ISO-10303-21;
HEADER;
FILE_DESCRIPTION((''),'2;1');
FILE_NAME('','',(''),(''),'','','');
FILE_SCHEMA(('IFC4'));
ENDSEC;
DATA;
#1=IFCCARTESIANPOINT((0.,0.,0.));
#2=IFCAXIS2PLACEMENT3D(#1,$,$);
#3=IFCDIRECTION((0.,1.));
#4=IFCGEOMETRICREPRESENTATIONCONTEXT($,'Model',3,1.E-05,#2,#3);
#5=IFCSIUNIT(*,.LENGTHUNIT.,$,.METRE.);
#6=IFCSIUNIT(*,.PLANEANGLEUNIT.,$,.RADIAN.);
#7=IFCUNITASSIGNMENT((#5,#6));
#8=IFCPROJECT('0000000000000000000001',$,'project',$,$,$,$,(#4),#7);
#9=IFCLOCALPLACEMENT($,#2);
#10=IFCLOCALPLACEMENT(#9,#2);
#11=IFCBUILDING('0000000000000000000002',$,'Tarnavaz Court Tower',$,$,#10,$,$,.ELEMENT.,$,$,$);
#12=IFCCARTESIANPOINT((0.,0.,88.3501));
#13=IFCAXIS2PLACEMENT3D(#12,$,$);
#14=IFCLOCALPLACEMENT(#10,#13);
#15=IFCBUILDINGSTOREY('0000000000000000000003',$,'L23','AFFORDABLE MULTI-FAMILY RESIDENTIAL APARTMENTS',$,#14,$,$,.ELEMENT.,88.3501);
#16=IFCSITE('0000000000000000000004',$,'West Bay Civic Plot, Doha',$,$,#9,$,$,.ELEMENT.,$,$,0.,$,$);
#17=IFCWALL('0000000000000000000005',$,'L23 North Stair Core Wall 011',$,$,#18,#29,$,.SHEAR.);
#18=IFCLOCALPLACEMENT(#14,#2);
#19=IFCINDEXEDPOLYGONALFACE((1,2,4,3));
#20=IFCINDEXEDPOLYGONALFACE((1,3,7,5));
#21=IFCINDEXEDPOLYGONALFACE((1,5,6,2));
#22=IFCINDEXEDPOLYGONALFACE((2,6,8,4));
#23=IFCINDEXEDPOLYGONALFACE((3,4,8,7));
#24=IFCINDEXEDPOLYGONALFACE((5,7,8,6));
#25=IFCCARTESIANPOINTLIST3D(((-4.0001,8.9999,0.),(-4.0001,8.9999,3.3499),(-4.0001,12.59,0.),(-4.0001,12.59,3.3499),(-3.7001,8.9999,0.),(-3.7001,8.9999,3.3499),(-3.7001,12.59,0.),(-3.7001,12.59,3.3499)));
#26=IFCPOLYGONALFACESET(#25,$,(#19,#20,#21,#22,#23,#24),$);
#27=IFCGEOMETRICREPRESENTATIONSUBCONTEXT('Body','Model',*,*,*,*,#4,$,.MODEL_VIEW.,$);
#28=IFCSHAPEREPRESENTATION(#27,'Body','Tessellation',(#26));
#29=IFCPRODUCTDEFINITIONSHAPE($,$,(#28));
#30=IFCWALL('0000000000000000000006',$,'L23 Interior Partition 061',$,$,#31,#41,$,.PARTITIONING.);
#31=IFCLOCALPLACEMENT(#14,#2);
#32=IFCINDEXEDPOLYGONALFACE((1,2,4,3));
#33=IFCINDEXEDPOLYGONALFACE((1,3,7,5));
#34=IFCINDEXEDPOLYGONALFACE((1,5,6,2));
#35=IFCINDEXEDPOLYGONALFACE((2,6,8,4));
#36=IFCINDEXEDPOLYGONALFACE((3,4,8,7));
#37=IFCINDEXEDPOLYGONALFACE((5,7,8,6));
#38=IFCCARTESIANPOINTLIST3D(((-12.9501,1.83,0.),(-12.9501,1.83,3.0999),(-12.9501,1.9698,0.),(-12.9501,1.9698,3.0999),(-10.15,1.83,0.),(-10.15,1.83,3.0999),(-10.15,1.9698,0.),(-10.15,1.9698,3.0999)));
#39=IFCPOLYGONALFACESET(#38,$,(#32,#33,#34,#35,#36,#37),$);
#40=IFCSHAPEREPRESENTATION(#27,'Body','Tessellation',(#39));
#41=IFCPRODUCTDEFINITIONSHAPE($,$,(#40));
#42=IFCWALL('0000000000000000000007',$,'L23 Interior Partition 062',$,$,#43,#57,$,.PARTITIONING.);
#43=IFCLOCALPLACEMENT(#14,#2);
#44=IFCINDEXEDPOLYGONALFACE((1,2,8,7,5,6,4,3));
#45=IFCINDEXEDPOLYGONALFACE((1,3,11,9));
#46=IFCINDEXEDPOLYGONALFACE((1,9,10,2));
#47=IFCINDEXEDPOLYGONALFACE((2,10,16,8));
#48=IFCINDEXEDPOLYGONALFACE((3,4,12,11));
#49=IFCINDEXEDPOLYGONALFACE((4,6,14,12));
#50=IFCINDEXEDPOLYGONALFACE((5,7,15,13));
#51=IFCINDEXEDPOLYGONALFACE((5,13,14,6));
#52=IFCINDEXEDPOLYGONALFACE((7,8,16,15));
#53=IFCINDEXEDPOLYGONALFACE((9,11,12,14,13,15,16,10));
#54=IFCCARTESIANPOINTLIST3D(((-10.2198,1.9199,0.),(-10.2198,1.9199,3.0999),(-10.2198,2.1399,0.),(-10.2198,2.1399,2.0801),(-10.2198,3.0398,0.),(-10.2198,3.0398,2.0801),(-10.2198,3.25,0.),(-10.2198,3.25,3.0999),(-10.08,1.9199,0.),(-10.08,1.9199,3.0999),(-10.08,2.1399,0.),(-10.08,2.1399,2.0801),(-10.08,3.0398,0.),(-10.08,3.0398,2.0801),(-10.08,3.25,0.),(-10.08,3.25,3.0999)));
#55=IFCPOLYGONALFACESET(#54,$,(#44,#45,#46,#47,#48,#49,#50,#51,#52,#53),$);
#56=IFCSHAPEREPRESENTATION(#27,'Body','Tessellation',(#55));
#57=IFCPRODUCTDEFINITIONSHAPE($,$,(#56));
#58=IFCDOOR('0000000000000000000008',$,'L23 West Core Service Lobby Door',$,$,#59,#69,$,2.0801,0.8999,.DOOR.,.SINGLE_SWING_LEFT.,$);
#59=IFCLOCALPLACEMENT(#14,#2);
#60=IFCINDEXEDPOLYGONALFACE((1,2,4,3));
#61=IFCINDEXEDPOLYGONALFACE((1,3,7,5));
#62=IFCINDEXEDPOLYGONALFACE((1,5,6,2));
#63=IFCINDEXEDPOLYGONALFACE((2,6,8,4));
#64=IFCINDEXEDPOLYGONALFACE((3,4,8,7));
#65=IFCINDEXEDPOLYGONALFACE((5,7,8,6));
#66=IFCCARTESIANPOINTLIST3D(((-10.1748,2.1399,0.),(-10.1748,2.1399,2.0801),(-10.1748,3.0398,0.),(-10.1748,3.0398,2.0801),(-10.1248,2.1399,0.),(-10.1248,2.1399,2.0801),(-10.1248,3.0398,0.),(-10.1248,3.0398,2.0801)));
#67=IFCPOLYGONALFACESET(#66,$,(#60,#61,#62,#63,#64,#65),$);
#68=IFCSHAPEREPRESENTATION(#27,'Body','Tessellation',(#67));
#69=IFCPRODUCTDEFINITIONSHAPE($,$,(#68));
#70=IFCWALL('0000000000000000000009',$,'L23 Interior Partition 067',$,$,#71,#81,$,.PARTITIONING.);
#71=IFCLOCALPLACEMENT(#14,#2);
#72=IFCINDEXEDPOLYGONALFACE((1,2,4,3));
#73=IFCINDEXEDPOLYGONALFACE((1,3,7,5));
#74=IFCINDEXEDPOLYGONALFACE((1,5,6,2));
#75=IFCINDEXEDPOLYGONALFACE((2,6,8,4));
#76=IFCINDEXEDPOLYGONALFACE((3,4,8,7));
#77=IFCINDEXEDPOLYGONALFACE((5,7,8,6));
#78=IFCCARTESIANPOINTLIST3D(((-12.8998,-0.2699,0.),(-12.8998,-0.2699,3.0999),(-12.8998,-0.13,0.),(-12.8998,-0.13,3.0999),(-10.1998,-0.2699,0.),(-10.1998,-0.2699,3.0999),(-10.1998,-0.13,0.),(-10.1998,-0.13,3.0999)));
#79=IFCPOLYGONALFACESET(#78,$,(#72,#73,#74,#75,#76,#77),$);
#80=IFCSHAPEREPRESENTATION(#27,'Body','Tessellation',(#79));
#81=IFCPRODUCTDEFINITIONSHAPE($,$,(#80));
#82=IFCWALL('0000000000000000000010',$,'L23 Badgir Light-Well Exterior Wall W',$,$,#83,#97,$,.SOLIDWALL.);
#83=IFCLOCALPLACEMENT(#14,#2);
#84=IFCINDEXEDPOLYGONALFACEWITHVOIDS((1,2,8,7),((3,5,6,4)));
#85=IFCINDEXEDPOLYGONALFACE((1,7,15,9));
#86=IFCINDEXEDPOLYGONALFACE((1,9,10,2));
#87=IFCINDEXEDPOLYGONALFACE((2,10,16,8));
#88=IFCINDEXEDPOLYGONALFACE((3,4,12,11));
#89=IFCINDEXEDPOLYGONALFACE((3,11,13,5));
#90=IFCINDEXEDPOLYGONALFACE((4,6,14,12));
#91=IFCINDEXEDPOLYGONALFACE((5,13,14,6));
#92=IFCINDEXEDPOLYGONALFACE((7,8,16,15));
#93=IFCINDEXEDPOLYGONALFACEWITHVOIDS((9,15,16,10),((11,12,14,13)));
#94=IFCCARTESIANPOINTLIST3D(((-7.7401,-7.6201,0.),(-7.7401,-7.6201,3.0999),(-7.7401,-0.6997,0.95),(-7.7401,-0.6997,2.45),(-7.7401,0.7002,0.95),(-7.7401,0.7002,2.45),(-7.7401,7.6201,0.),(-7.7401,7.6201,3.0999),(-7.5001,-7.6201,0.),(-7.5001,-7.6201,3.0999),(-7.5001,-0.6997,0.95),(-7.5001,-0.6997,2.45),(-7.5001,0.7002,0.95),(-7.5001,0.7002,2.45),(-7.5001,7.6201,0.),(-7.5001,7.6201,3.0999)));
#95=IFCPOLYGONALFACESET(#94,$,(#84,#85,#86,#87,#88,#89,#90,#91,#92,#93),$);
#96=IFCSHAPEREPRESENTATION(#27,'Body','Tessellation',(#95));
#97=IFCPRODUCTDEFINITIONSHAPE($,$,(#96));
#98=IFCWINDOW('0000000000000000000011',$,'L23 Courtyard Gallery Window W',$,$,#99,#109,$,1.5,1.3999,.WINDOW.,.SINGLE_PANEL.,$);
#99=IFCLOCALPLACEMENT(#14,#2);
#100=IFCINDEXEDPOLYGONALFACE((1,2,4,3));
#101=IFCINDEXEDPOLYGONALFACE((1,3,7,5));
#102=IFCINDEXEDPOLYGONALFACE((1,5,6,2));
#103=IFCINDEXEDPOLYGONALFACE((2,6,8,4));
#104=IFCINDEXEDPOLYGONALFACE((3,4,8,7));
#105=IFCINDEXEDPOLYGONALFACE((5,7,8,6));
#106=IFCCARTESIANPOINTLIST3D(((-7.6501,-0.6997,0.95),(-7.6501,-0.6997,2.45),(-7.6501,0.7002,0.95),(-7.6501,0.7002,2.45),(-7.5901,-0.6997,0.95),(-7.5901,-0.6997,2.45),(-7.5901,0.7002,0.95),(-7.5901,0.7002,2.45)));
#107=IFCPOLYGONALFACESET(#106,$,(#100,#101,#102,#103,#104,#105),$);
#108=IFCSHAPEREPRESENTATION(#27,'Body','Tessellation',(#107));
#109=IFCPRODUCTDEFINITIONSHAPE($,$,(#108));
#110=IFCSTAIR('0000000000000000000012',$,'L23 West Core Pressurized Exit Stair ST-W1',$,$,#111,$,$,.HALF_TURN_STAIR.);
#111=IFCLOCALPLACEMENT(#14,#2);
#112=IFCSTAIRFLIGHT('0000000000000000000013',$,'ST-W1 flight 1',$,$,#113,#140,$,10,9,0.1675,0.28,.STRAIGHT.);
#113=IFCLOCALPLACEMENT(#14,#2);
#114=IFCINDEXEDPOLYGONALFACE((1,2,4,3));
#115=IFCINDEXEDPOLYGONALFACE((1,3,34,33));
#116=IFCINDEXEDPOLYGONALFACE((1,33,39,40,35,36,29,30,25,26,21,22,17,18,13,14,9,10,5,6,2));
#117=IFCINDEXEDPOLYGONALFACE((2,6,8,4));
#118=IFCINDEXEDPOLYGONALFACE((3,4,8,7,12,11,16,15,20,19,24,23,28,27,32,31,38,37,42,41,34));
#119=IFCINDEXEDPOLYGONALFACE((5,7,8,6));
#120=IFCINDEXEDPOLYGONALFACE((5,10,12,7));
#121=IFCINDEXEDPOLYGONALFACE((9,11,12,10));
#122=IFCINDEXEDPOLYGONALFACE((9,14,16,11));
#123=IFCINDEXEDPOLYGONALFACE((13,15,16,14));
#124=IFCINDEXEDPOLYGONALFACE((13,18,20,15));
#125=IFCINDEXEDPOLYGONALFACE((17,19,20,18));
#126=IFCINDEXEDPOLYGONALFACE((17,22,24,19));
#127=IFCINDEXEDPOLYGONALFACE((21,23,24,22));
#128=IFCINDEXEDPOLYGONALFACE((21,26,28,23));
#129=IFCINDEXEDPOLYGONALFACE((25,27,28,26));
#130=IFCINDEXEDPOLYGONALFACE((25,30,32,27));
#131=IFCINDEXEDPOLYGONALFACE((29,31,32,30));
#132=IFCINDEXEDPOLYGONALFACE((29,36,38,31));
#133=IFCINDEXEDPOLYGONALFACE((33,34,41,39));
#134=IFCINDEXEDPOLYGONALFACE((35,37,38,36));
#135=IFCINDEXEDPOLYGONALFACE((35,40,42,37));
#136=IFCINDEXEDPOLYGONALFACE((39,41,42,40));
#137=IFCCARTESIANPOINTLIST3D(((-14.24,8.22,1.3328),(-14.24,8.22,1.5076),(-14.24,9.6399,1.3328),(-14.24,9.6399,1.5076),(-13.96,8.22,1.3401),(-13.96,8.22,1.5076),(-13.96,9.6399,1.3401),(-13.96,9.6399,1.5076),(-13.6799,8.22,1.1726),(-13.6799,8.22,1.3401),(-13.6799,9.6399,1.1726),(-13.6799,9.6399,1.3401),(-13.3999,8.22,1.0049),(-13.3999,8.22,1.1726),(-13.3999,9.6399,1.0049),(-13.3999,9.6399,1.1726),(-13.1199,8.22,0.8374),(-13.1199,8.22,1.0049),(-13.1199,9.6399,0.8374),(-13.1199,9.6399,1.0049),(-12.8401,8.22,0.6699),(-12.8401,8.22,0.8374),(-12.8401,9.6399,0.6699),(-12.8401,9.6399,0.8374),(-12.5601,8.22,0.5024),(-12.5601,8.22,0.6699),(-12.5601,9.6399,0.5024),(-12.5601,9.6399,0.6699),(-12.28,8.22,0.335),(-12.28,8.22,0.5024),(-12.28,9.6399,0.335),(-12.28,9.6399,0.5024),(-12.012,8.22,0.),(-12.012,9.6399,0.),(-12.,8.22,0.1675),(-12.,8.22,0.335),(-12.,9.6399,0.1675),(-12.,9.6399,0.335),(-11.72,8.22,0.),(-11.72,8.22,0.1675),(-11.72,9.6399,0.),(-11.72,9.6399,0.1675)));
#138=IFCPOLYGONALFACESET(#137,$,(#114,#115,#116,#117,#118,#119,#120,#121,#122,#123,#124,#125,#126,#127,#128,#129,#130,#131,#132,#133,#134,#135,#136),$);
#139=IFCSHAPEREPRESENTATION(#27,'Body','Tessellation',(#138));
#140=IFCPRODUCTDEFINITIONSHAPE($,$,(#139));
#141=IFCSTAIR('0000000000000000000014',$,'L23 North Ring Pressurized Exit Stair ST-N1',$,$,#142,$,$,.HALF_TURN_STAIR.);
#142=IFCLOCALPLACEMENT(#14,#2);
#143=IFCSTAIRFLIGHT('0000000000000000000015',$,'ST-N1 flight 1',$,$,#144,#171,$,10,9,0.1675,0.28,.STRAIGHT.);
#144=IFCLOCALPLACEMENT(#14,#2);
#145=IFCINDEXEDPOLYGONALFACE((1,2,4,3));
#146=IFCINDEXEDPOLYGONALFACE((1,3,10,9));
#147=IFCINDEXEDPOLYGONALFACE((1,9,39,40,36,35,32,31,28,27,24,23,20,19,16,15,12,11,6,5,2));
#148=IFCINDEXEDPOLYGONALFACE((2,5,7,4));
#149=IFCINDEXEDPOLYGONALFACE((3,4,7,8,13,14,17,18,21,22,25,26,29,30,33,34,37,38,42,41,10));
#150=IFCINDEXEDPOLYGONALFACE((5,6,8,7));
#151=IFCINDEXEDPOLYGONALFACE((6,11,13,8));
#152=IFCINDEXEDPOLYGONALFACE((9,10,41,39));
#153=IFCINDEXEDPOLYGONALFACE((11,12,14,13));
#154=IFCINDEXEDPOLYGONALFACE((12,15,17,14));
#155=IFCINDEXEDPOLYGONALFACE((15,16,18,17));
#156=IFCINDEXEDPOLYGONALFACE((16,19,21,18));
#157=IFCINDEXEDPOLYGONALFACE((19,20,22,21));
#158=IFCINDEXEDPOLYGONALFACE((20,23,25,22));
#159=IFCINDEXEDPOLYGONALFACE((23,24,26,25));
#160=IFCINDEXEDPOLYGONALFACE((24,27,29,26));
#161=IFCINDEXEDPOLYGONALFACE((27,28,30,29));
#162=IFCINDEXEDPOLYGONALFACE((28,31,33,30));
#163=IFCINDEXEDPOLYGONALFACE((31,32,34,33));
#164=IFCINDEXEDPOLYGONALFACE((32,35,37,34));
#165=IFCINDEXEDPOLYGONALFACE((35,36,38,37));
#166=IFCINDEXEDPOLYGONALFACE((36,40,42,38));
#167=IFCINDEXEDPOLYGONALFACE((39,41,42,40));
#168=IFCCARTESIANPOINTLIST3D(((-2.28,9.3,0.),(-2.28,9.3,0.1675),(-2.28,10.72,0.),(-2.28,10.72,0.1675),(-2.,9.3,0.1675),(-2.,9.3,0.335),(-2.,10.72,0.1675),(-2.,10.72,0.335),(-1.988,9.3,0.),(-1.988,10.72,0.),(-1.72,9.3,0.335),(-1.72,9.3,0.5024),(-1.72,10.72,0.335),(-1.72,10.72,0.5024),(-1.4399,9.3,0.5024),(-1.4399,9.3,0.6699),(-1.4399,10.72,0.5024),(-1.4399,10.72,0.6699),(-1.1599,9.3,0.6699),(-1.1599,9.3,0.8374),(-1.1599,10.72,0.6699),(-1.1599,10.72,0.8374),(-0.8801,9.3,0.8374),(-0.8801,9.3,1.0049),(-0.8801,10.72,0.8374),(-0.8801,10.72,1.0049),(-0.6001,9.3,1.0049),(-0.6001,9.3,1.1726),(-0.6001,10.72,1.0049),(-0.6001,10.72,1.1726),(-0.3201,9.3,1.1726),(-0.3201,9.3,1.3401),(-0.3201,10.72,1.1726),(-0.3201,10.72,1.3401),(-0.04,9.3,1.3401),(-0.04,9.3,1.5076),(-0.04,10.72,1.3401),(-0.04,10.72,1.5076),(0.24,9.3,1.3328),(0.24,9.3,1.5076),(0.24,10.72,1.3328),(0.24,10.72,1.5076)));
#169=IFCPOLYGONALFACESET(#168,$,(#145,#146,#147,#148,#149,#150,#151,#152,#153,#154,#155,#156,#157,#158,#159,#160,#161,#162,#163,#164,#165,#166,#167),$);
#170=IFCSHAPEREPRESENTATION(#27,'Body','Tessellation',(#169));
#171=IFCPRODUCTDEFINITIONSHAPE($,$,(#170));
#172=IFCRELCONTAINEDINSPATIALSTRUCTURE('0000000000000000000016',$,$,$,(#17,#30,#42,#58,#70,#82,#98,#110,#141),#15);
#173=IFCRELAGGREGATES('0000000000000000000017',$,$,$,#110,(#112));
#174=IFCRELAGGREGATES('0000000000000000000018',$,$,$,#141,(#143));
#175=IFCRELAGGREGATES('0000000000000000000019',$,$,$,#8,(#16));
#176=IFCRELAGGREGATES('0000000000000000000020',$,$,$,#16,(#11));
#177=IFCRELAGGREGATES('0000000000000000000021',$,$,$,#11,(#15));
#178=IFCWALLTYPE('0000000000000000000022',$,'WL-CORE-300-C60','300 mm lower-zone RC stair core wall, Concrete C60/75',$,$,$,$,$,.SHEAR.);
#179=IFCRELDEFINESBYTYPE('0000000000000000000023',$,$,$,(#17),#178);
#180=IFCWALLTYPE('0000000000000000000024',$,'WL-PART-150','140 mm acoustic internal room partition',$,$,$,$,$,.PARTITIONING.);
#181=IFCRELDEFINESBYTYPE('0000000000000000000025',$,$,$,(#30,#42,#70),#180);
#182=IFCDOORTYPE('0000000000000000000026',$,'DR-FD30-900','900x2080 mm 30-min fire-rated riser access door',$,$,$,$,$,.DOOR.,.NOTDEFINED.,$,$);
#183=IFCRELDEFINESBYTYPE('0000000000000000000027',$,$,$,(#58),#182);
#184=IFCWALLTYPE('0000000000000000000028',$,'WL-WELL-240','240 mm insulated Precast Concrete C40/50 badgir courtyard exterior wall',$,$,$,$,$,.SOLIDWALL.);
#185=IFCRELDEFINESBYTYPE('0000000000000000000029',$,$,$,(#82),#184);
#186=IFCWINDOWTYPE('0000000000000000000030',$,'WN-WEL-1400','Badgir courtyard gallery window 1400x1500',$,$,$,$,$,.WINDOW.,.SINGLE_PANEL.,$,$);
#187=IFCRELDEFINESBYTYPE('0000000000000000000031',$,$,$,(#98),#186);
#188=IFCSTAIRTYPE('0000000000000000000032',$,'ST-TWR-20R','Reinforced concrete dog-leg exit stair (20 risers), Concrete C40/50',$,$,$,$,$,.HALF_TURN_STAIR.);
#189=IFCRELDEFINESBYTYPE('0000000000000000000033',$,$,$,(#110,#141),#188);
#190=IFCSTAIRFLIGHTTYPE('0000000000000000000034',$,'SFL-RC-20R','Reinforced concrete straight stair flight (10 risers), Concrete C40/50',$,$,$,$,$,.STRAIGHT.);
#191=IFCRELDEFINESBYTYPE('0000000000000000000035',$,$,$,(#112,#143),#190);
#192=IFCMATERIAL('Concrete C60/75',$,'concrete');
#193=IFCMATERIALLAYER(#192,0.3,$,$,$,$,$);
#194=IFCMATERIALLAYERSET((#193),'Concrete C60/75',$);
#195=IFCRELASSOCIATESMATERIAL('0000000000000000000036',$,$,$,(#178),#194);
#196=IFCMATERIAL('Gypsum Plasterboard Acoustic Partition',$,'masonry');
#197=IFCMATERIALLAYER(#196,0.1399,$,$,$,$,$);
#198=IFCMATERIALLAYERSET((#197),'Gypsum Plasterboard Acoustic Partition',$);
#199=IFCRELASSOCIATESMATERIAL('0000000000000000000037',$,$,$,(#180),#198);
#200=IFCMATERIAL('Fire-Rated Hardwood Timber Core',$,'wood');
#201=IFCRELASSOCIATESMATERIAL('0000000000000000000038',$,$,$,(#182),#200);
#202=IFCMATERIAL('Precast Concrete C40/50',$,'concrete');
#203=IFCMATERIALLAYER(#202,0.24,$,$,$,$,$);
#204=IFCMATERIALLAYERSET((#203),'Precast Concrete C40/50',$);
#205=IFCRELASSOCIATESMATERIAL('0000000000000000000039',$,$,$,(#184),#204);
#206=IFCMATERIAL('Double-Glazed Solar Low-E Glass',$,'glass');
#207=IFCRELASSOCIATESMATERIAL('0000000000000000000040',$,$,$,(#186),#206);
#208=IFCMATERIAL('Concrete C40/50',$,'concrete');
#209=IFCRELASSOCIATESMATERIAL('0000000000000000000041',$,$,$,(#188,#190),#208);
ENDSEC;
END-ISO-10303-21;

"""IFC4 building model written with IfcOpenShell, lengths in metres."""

from ifc_helpers import new_model, si_unit, direction, frame, frame_2d, origin, place, context, subcontext, project, spatial, polyline, rectangle, outline, extrude, material, layer, layer_set, type_object, element, fill, aggregate, save


model = new_model("IFC4")

# Units and contexts
model_context = context("Model", 3, precision=1e-05, world=origin(), true_north=direction((0.0, 1.0)))
body_context = subcontext(model_context, "Body", "Model", "MODEL_VIEW")
ifc_project = project(units=[si_unit("LENGTHUNIT", "METRE"), si_unit("PLANEANGLEUNIT", "RADIAN")], contexts=[model_context])

# Site, building, storey
site_placement = place(None, origin())
site = spatial("IfcSite", under=ifc_project, at=site_placement, Name="West Bay Civic Plot, Doha", CompositionType="ELEMENT", RefElevation=0.0)
building_placement = place(site_placement, origin())
building = spatial("IfcBuilding", under=site, at=building_placement, Name="Tarnavaz Court Tower", CompositionType="ELEMENT")
storey_placement = place(building_placement, frame((0.0, 0.0, 88.3501)))
storey = spatial("IfcBuildingStorey", under=building, at=storey_placement, Name="L23", Description="AFFORDABLE MULTI-FAMILY RESIDENTIAL APARTMENTS", CompositionType="ELEMENT", Elevation=88.3501)

# Shared definitions
ifc_material_1 = material(Name="Concrete C60/75", Category="concrete")

# Shared definitions
ifc_layer_1 = layer(ifc_material_1, 0.3)
ifc_layer_set_1 = layer_set([ifc_layer_1], Name="Concrete C60/75")
wall_type_1 = type_object("IfcWallType", Name="WL-CORE-300-C60", Description="300 mm lower-zone RC stair core wall, Concrete C60/75", PredefinedType="SHEAR", material=ifc_layer_set_1)

# Shared definitions
ifc_material_2 = material(Name="Fire-Rated Hardwood Timber Core", Category="wood")

# Wall
wall_1_placement = place(storey_placement, frame((-3.8501, 9.0, 0.0), z_axis=(0.0, 0.0, 1.0), x_axis=(0.0, 1.0, 0.0)))
element("IfcWall", 1, at=wall_1_placement, inside=storey, type_object=wall_type_1, Name="L23 North Stair Core Wall 011", PredefinedType="SHEAR", context=body_context, shape_type="SweptSolid", body=[
    extrude(rectangle(XDim=3.5901, YDim=0.3, at=frame_2d((1.7949, 0.0))), origin(), (0.0, 0.0, 1.0), 3.3499),
])

# Wall
ifc_material_3 = material(Name="Gypsum Plasterboard Acoustic Partition", Category="masonry")
ifc_layer_2 = layer(ifc_material_3, 0.1399)
ifc_layer_set_2 = layer_set([ifc_layer_2], Name="Gypsum Plasterboard Acoustic Partition")
wall_type_2 = type_object("IfcWallType", Name="WL-PART-150", Description="140 mm acoustic internal room partition", PredefinedType="PARTITIONING", material=ifc_layer_set_2)
wall_2_placement = place(storey_placement, frame((-12.95, 1.8999, 0.0), z_axis=(0.0, 0.0, 1.0), x_axis=(1.0, 0.0, 0.0)))
element("IfcWall", 2, at=wall_2_placement, inside=storey, type_object=wall_type_2, Name="L23 Interior Partition 061", PredefinedType="PARTITIONING", context=body_context, shape_type="SweptSolid", body=[
    extrude(rectangle(XDim=2.8, YDim=0.1399, at=frame_2d((1.3999, 0.0))), origin(), (0.0, 0.0, 1.0), 3.0999),
])

# Wall, opening, door
wall_3_placement = place(storey_placement, frame((-10.1499, 1.9199, 0.0), z_axis=(0.0, 0.0, 1.0), x_axis=(0.0, 1.0, 0.0)))
wall_3 = element("IfcWall", 3, at=wall_3_placement, inside=storey, type_object=wall_type_2, Name="L23 Interior Partition 062", PredefinedType="PARTITIONING", context=body_context, shape_type="SweptSolid", body=[
    extrude(rectangle(XDim=1.3301, YDim=0.1399, at=frame_2d((0.665, 0.0))), origin(), (0.0, 0.0, 1.0), 3.0999),
])
opening_1_placement = place(wall_3_placement, frame((0.22, 0.0, 0.0)))
opening_1 = element("IfcOpeningElement", 4, at=opening_1_placement, cuts=wall_3, PredefinedType="OPENING", context=body_context, shape_type="SweptSolid", body=[
    extrude(rectangle(XDim=0.8999, YDim=2.0801, at=frame_2d((0.45, 1.04))), frame((0.0, 0.0798, 0.0), z_axis=(0.0, -1.0, 0.0), x_axis=(1.0, 0.0, 0.0)), (0.0, 0.0, 1.0), 0.1599),
])
door_type_1 = type_object("IfcDoorType", Name="DR-FD30-900", Description="900x2080 mm 30-min fire-rated riser access door", OperationType="NOTDEFINED", PredefinedType="DOOR", material=ifc_material_2)
door_1_placement = place(opening_1_placement, origin())
door_1 = element("IfcDoor", 5, at=door_1_placement, inside=storey, type_object=door_type_1, Name="L23 West Core Service Lobby Door", OperationType="SINGLE_SWING_LEFT", OverallHeight=2.0801, OverallWidth=0.8999, PredefinedType="DOOR", context=body_context, shape_type="SweptSolid", body=[
    extrude(rectangle(XDim=0.8999, YDim=2.0801, at=frame_2d((0.45, 1.04))), frame((0.0, 0.0249, 0.0), z_axis=(0.0, -1.0, 0.0), x_axis=(1.0, 0.0, 0.0)), (0.0, 0.0, 1.0), 0.05),
])
fill(opening_1, door_1)

# Wall
wall_4_placement = place(storey_placement, frame((-12.8999, -0.2, 0.0), z_axis=(0.0, 0.0, 1.0), x_axis=(1.0, 0.0, 0.0)))
element("IfcWall", 6, at=wall_4_placement, inside=storey, type_object=wall_type_2, Name="L23 Interior Partition 067", PredefinedType="PARTITIONING", context=body_context, shape_type="SweptSolid", body=[
    extrude(rectangle(XDim=2.7, YDim=0.1399, at=frame_2d((1.3501, 0.0))), origin(), (0.0, 0.0, 1.0), 3.0999),
])

# Wall, opening, window
ifc_material_4 = material(Name="Precast Concrete C40/50", Category="concrete")
ifc_layer_3 = layer(ifc_material_4, 0.24)
ifc_layer_set_3 = layer_set([ifc_layer_3], Name="Precast Concrete C40/50")
wall_type_3 = type_object("IfcWallType", Name="WL-WELL-240", Description="240 mm insulated Precast Concrete C40/50 badgir courtyard exterior wall", PredefinedType="SOLIDWALL", material=ifc_layer_set_3)
wall_5_placement = place(storey_placement, frame((-7.6201, 7.6201, 0.0), z_axis=(0.0, 0.0, 1.0), x_axis=(0.0, -1.0, 0.0)))
wall_5 = element("IfcWall", 7, at=wall_5_placement, inside=storey, type_object=wall_type_3, Name="L23 Badgir Light-Well Exterior Wall W", PredefinedType="SOLIDWALL", context=body_context, shape_type="SweptSolid", body=[
    extrude(rectangle(XDim=15.2402, YDim=0.24, at=frame_2d((7.6201, 0.0))), origin(), (0.0, 0.0, 1.0), 3.0999),
])
opening_2_placement = place(wall_5_placement, frame((6.9199, 0.0, 0.95)))
opening_2 = element("IfcOpeningElement", 8, at=opening_2_placement, cuts=wall_5, PredefinedType="OPENING", context=body_context, shape_type="SweptSolid", body=[
    extrude(rectangle(XDim=1.3999, YDim=1.5, at=frame_2d((0.7, 0.75))), frame((0.0, 0.1299, 0.0), z_axis=(0.0, -1.0, 0.0), x_axis=(1.0, 0.0, 0.0)), (0.0, 0.0, 1.0), 0.26),
])
ifc_material_5 = material(Name="Double-Glazed Solar Low-E Glass", Category="glass")
window_type = type_object("IfcWindowType", Name="WN-WEL-1400", Description="Badgir courtyard gallery window 1400x1500", PartitioningType="SINGLE_PANEL", PredefinedType="WINDOW", material=ifc_material_5)
window_placement = place(opening_2_placement, origin())
window = element("IfcWindow", 9, at=window_placement, inside=storey, type_object=window_type, Name="L23 Courtyard Gallery Window W", OverallHeight=1.5, OverallWidth=1.3999, PartitioningType="SINGLE_PANEL", PredefinedType="WINDOW", context=body_context, shape_type="SweptSolid", body=[
    extrude(rectangle(XDim=1.3999, YDim=1.5, at=frame_2d((0.7, 0.75))), frame((0.0, 0.03, 0.0), z_axis=(0.0, -1.0, 0.0), x_axis=(1.0, 0.0, 0.0)), (0.0, 0.0, 1.0), 0.0601),
])
fill(opening_2, window)

# Stairs, stair flights
ifc_material_6 = material(Name="Concrete C40/50", Category="concrete")
stair_type = type_object("IfcStairType", Name="ST-TWR-20R", Description="Reinforced concrete dog-leg exit stair (20 risers), Concrete C40/50", PredefinedType="HALF_TURN_STAIR", material=ifc_material_6)
stair_1_placement = place(storey_placement, origin())
stair_1 = element("IfcStair", 10, at=stair_1_placement, inside=storey, type_object=stair_type, Name="L23 West Core Pressurized Exit Stair ST-W1", PredefinedType="HALF_TURN_STAIR")
stair_flight_type = type_object("IfcStairFlightType", Name="SFL-RC-20R", Description="Reinforced concrete straight stair flight (10 risers), Concrete C40/50", PredefinedType="STRAIGHT", material=ifc_material_6)
stair_flight_1_placement = place(storey_placement, frame((-11.72, 8.9299, 0.0), z_axis=(0.0, 0.0, 1.0), x_axis=(-1.0, 0.0, 0.0)))
stair_flight_1 = element("IfcStairFlight", 11, at=stair_flight_1_placement, type_object=stair_flight_type, Name="ST-W1 flight 1", NumberOfRisers=10, NumberOfTreads=9, PredefinedType="STRAIGHT", RiserHeight=0.1675, TreadLength=0.28, context=body_context, shape_type="SweptSolid", body=[
    extrude(outline(polyline([(0.0, 0.0), (0.0, 0.1675), (0.28, 0.1675), (0.28, 0.335), (0.5601, 0.335), (0.5601, 0.5024), (0.8401, 0.5024), (0.8401, 0.6699), (1.1201, 0.6699), (1.1201, 0.8374), (1.3999, 0.8374), (1.3999, 1.0049), (1.6799, 1.0049), (1.6799, 1.1726), (1.96, 1.1726), (1.96, 1.3401), (2.24, 1.3401), (2.24, 1.5076), (2.52, 1.5076), (2.52, 1.675), (2.52, 1.3328), (0.292, 0.0), (0.0, 0.0)])), frame((0.0, 0.71, 0.0), z_axis=(0.0, -1.0, 0.0), x_axis=(1.0, 0.0, 0.0)), (0.0, 0.0, 1.0), 1.4199),
])
aggregate(stair_1, [stair_flight_1])
stair_2_placement = place(storey_placement, origin())
stair_2 = element("IfcStair", 12, at=stair_2_placement, inside=storey, type_object=stair_type, Name="L23 North Ring Pressurized Exit Stair ST-N1", PredefinedType="HALF_TURN_STAIR")
stair_flight_2_placement = place(storey_placement, frame((-2.28, 10.01, 0.0), z_axis=(0.0, 0.0, 1.0), x_axis=(1.0, 0.0, 0.0)))
stair_flight_2 = element("IfcStairFlight", 13, at=stair_flight_2_placement, type_object=stair_flight_type, Name="ST-N1 flight 1", NumberOfRisers=10, NumberOfTreads=9, PredefinedType="STRAIGHT", RiserHeight=0.1675, TreadLength=0.28, context=body_context, shape_type="SweptSolid", body=[
    extrude(outline(polyline([(0.0, 0.0), (0.0, 0.1675), (0.28, 0.1675), (0.28, 0.335), (0.5601, 0.335), (0.5601, 0.5024), (0.8401, 0.5024), (0.8401, 0.6699), (1.1201, 0.6699), (1.1201, 0.8374), (1.3999, 0.8374), (1.3999, 1.0049), (1.6799, 1.0049), (1.6799, 1.1726), (1.96, 1.1726), (1.96, 1.3401), (2.24, 1.3401), (2.24, 1.5076), (2.52, 1.5076), (2.52, 1.675), (2.52, 1.3328), (0.292, 0.0), (0.0, 0.0)])), frame((0.0, 0.71, 0.0), z_axis=(0.0, -1.0, 0.0), x_axis=(1.0, 0.0, 0.0)), (0.0, 0.0, 1.0), 1.4199),
])
aggregate(stair_2, [stair_flight_2])

save(model, "model.ifc")
